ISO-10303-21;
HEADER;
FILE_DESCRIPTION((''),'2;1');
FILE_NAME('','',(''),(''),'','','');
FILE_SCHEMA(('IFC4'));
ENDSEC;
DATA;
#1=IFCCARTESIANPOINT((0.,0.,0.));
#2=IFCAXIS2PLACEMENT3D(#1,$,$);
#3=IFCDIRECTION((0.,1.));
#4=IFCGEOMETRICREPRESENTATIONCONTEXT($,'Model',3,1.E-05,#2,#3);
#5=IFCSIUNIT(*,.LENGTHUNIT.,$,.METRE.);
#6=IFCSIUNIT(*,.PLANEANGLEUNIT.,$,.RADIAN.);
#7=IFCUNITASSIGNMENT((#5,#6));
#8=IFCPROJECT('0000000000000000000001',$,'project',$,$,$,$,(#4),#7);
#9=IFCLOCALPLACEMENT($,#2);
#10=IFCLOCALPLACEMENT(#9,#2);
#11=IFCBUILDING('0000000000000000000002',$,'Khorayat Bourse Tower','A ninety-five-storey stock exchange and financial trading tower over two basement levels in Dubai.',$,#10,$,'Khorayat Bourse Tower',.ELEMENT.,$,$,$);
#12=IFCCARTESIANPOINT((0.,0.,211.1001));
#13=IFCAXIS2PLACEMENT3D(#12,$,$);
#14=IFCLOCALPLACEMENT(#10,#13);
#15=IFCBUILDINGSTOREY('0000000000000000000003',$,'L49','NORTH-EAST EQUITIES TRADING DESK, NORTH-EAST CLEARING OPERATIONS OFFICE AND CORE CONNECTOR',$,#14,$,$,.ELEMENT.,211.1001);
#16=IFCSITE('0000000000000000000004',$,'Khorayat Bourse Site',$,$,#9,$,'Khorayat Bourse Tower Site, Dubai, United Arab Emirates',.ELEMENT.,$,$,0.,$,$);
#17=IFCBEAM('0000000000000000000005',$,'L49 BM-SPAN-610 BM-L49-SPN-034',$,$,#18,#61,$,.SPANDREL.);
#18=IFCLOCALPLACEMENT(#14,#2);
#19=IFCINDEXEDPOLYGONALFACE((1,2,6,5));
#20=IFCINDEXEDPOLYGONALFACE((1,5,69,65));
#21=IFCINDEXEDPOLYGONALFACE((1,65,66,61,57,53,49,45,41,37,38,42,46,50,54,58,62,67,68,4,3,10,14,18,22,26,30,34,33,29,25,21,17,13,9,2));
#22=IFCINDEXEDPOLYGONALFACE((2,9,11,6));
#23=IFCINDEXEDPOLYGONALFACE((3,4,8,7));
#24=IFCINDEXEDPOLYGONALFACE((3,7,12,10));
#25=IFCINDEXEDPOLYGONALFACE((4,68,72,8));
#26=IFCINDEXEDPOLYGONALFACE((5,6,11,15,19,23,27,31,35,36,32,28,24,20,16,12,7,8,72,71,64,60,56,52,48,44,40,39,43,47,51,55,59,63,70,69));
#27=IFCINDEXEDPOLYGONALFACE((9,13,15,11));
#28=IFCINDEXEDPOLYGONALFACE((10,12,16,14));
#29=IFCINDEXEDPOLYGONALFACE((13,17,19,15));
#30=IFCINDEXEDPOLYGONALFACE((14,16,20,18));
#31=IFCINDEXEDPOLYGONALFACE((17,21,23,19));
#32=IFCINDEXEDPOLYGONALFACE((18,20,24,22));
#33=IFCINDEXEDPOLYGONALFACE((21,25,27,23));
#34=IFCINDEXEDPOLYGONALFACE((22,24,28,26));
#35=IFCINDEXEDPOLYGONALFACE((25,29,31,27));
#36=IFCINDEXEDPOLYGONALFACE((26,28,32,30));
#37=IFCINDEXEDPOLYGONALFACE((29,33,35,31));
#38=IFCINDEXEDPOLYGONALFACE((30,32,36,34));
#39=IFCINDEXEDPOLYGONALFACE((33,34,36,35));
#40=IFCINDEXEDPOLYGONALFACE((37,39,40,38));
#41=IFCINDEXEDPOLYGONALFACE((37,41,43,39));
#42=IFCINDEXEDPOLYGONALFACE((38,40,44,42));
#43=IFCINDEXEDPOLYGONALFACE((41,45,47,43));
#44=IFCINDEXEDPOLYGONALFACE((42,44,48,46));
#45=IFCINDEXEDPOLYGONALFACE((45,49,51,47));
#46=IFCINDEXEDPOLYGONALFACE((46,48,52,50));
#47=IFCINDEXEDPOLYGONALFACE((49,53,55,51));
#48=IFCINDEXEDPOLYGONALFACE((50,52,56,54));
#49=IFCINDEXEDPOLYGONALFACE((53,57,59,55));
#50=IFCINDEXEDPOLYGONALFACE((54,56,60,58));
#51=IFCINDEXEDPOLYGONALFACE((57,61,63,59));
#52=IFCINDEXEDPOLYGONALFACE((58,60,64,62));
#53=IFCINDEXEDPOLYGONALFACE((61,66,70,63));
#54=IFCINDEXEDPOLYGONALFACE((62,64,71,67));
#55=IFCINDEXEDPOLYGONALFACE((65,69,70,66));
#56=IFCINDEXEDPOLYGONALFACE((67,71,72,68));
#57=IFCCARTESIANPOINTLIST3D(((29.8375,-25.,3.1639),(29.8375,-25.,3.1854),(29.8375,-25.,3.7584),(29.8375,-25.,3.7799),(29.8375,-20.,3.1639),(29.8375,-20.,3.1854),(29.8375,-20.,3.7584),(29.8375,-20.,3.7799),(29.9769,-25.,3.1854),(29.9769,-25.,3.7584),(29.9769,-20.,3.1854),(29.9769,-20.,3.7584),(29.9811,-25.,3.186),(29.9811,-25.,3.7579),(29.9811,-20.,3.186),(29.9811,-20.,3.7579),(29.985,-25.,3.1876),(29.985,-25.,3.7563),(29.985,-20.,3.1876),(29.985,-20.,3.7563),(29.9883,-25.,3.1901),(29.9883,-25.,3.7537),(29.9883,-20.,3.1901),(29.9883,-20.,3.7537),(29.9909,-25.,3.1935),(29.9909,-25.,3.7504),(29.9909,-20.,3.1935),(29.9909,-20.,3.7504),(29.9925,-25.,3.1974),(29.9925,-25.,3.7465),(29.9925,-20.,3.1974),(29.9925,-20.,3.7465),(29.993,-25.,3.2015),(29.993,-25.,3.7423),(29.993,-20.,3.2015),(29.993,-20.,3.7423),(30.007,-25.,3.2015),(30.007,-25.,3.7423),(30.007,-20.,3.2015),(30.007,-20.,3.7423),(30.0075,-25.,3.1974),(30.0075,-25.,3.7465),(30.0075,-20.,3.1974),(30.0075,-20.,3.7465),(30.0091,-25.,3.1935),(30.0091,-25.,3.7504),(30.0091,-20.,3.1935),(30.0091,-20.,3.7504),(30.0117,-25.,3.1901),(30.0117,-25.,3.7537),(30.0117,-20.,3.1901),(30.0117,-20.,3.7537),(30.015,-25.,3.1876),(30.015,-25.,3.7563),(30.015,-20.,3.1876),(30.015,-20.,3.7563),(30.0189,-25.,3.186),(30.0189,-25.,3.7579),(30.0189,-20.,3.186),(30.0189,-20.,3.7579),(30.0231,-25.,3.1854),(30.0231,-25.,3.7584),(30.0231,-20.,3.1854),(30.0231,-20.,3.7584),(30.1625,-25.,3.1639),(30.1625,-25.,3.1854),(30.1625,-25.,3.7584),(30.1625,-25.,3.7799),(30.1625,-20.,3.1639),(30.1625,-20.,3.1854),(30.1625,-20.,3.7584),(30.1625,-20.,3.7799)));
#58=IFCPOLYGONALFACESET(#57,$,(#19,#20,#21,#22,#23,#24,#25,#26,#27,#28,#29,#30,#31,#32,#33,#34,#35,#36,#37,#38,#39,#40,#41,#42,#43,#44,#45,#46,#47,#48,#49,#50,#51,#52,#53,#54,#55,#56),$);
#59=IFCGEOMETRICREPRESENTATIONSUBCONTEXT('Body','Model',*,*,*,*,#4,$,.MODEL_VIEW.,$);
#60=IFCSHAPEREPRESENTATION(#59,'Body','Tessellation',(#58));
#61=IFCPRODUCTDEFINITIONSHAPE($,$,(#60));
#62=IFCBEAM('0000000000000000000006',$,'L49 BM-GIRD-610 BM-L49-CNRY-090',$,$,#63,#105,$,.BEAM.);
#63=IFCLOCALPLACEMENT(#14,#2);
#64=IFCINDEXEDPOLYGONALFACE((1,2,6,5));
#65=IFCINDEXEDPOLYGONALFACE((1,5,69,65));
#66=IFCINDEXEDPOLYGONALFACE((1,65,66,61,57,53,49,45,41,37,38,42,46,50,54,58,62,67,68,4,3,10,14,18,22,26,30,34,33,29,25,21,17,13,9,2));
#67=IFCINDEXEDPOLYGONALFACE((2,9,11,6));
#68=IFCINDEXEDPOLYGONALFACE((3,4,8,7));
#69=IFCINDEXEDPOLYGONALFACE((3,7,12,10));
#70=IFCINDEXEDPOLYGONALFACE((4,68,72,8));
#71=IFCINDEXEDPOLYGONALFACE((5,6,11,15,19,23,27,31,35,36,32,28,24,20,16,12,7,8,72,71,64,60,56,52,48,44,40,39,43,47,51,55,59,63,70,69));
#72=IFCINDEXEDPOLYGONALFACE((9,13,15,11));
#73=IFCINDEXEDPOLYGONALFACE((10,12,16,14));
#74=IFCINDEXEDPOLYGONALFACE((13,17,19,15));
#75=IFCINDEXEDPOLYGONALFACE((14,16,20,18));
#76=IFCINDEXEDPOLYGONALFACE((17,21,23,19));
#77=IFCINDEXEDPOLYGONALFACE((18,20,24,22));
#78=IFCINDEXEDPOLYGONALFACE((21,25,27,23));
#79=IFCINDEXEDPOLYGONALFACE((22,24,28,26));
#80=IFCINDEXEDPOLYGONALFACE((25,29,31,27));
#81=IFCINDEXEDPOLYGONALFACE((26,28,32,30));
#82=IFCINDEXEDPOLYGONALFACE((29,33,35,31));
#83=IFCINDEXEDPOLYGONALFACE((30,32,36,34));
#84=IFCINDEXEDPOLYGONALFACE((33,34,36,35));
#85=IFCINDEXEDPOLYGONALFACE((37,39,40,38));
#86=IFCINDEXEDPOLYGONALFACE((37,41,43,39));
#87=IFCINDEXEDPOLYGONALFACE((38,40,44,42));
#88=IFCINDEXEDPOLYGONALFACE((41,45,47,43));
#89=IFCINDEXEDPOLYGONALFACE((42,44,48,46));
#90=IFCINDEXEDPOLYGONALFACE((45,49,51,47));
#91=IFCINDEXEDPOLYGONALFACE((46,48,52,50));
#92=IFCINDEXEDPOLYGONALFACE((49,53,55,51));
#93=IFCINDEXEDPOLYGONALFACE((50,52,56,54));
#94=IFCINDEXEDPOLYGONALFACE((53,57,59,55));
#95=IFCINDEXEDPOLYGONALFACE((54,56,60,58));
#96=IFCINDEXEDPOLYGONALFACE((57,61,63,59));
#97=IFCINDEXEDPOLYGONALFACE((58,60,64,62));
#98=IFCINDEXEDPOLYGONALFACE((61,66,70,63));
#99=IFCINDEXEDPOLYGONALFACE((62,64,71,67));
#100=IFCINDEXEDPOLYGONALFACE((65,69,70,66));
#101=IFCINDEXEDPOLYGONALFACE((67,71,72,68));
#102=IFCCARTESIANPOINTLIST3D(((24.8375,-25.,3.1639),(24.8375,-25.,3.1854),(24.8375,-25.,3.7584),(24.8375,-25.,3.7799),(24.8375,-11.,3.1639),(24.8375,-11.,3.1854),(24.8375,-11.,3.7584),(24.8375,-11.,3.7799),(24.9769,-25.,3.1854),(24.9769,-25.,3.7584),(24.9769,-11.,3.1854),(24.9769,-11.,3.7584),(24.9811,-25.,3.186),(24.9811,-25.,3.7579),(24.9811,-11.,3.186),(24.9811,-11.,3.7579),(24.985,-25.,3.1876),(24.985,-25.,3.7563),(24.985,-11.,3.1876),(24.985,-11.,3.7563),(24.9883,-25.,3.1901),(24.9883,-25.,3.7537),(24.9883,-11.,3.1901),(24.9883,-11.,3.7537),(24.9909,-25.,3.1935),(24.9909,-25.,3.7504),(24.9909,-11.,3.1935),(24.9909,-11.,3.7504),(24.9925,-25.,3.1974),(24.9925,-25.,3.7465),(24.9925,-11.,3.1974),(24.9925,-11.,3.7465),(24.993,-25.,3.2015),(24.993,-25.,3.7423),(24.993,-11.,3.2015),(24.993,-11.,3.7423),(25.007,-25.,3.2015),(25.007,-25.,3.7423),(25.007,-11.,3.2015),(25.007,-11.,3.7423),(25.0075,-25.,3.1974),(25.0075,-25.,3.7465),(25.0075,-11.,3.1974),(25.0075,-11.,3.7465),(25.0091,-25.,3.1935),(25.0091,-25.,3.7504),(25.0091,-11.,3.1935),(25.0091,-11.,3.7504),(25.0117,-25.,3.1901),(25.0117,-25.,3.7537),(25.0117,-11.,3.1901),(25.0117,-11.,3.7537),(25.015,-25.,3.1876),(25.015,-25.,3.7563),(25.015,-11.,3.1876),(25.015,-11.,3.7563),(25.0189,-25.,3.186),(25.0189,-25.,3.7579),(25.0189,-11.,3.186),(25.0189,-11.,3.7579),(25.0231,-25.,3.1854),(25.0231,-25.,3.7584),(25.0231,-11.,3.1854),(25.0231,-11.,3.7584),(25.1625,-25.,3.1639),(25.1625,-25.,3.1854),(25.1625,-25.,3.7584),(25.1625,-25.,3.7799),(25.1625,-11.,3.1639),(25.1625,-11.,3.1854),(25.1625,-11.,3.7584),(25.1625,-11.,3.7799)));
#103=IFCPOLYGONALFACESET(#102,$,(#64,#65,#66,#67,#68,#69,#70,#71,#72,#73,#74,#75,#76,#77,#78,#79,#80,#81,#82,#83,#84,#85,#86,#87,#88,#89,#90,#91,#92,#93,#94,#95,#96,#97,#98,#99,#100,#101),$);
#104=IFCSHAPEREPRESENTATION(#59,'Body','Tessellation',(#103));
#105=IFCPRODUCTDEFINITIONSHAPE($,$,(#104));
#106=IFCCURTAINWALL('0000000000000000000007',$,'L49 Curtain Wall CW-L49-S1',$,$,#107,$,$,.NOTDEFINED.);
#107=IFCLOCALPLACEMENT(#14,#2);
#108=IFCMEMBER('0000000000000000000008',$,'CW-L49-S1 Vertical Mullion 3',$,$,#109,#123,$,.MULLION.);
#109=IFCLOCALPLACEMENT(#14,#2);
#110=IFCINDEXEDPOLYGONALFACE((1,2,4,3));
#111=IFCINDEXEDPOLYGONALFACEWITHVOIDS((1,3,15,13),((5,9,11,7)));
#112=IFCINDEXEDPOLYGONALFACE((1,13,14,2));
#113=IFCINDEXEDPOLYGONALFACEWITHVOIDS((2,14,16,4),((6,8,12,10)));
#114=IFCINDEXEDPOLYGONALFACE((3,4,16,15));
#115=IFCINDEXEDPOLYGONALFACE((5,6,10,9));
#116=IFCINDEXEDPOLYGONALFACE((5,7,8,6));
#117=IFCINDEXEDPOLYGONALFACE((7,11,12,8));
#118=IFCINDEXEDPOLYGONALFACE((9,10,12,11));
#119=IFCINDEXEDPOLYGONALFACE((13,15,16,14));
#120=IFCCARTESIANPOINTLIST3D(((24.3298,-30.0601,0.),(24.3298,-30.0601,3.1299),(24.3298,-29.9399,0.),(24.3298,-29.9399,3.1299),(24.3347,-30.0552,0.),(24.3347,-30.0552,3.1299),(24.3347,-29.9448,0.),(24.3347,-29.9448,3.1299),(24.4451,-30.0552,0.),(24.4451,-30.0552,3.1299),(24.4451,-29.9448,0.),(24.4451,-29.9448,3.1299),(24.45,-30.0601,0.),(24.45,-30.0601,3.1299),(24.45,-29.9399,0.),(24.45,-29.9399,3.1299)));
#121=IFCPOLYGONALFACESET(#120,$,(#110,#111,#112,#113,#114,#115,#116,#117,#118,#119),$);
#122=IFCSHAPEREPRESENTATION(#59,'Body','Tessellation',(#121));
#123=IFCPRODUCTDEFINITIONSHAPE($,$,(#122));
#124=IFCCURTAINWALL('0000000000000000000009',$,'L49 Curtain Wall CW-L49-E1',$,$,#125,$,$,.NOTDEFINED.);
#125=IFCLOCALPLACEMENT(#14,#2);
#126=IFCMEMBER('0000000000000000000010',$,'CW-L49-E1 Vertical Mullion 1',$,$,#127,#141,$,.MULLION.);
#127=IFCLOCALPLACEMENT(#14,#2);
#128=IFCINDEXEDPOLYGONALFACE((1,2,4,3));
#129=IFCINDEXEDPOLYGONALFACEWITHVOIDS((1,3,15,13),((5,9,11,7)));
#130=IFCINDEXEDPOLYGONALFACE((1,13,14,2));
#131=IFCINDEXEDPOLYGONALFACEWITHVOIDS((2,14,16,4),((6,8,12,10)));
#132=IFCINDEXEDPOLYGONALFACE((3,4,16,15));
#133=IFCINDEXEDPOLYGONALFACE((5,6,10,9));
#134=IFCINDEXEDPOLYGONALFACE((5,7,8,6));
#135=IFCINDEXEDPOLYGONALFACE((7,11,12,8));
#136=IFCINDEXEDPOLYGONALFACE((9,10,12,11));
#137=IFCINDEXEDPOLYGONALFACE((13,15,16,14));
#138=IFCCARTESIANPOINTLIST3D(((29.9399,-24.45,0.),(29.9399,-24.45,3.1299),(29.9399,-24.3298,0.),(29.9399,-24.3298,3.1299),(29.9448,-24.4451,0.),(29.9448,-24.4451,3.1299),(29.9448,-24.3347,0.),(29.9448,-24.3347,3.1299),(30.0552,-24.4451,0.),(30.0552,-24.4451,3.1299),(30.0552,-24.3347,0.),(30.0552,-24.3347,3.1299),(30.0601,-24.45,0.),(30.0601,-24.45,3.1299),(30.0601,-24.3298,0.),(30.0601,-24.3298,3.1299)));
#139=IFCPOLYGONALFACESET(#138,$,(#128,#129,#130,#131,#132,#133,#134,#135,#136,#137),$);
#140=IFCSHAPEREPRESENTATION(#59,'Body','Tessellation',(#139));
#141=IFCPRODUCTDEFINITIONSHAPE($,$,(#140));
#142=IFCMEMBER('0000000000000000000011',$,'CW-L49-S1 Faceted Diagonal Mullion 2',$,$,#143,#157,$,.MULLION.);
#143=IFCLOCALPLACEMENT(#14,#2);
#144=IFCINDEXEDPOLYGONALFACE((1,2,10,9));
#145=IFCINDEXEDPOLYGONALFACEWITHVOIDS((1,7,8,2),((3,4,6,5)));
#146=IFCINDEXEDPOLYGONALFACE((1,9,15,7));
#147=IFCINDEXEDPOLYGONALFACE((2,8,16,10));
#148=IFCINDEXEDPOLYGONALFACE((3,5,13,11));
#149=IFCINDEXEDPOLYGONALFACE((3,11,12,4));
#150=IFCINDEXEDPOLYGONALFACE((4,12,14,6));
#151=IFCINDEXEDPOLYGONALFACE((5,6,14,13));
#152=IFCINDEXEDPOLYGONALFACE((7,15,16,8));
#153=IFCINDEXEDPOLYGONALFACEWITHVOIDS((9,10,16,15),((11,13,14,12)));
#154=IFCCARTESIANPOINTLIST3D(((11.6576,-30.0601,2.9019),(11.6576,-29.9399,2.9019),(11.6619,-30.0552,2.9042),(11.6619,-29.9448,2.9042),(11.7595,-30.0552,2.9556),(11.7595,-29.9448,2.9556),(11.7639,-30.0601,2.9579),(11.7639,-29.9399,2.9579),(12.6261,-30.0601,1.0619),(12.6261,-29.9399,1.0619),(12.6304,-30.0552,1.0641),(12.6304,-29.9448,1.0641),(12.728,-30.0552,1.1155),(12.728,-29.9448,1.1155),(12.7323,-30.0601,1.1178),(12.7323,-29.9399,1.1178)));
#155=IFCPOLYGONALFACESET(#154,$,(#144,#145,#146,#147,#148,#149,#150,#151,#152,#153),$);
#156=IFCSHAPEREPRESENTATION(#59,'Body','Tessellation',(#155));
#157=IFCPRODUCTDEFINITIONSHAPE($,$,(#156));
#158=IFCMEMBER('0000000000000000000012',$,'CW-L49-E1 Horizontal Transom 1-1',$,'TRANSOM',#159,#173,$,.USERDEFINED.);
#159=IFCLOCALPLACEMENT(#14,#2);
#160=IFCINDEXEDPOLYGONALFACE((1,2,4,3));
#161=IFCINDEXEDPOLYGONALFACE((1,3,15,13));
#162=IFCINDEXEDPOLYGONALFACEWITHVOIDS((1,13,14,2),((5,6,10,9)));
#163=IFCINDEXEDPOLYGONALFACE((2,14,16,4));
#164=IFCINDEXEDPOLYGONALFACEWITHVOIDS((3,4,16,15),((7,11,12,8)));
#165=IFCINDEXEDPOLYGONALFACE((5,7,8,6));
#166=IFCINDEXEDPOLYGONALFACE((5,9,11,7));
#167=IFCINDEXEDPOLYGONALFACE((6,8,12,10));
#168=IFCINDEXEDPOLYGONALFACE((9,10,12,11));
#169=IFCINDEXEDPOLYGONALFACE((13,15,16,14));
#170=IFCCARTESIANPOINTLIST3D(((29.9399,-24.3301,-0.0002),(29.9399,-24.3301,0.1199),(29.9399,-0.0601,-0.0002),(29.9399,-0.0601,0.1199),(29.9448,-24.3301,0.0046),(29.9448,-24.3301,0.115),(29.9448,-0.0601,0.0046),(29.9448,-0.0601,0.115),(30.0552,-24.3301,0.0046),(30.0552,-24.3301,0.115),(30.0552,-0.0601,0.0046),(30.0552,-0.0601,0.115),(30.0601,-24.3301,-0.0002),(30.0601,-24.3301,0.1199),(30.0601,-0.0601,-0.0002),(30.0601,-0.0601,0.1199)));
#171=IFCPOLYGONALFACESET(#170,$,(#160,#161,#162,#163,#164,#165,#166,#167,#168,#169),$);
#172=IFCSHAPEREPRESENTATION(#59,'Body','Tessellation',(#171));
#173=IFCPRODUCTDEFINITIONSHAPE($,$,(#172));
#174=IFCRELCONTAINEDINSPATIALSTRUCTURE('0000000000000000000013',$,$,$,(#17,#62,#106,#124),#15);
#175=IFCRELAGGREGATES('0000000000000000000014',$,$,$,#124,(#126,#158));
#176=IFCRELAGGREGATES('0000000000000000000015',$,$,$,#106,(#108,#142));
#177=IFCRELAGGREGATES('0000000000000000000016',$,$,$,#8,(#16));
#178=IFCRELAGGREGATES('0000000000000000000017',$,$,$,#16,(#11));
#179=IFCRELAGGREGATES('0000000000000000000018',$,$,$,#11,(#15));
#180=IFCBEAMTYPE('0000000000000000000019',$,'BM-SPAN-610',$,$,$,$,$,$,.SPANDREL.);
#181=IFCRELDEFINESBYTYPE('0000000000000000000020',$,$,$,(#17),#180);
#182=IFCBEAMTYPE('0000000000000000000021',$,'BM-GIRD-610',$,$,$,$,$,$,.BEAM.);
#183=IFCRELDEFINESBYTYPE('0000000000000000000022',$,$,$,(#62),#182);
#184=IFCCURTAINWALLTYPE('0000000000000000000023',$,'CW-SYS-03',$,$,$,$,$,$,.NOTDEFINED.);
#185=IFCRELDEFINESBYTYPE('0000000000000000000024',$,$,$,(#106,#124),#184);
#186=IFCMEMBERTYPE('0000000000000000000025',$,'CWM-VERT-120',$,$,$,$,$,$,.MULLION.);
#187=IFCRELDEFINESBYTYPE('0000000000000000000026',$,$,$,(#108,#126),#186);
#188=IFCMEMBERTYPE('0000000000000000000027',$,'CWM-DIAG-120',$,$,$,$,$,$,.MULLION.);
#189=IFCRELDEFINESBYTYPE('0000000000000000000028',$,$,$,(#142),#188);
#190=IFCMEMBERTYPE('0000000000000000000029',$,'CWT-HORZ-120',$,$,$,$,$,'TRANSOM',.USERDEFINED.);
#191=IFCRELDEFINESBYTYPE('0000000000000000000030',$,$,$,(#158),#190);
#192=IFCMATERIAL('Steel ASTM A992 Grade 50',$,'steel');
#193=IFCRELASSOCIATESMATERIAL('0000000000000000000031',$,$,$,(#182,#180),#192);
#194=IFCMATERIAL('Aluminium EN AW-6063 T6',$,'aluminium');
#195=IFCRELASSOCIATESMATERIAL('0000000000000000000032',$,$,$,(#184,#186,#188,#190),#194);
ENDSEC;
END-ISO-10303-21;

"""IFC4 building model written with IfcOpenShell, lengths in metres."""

from ifc_helpers import new_model, si_unit, direction, frame, origin, origin_2d, place, context, subcontext, project, spatial, hollow_rectangle, i_section, extrude, source, transform, mapped, material, material_profile, profile_set, type_object, element, aggregate, save


model = new_model("IFC4")

# Units and contexts
model_context = context("Model", 3, precision=1e-05, world=origin(), true_north=direction((0.0, 1.0)))
body_context = subcontext(model_context, "Body", "Model", "MODEL_VIEW")
ifc_project = project(units=[si_unit("LENGTHUNIT", "METRE"), si_unit("PLANEANGLEUNIT", "RADIAN")], contexts=[model_context])

# Site, building, storey
site_placement = place(None, origin())
site = spatial("IfcSite", under=ifc_project, at=site_placement, Name="Khorayat Bourse Site", LongName="Khorayat Bourse Tower Site, Dubai, United Arab Emirates", CompositionType="ELEMENT", RefElevation=0.0)
building_placement = place(site_placement, origin())
building = spatial("IfcBuilding", under=site, at=building_placement, Name="Khorayat Bourse Tower", Description="A ninety-five-storey stock exchange and financial trading tower over two basement levels in Dubai.", LongName="Khorayat Bourse Tower", CompositionType="ELEMENT")
storey_placement = place(building_placement, frame((0.0, 0.0, 211.1001)))
storey = spatial("IfcBuildingStorey", under=building, at=storey_placement, Name="L49", Description="NORTH-EAST EQUITIES TRADING DESK, NORTH-EAST CLEARING OPERATIONS OFFICE AND CORE CONNECTOR", CompositionType="ELEMENT", Elevation=211.1001)

# Beams
ifc_material_1 = material(Name="Steel ASTM A992 Grade 50", Category="steel")
ifc_material_profile_1 = material_profile(ifc_material_1, i_section(OverallWidth=0.325, OverallDepth=0.616, WebThickness=0.0139, FlangeThickness=0.0215, FilletRadius=0.0161, at=origin_2d()), Name="W610X174")
ifc_profile_set_1 = profile_set([ifc_material_profile_1], Name="Steel ASTM A992 Grade 50")
beam_type_1 = type_object("IfcBeamType", Name="BM-GIRD-610", PredefinedType="BEAM", material=ifc_profile_set_1)
ifc_material_profile_2 = material_profile(ifc_material_1, i_section(OverallWidth=0.325, OverallDepth=0.616, WebThickness=0.0139, FlangeThickness=0.0215, FilletRadius=0.0161, at=origin_2d()), Name="W610X174")
ifc_profile_set_2 = profile_set([ifc_material_profile_2], Name="Steel ASTM A992 Grade 50")
beam_type_2 = type_object("IfcBeamType", Name="BM-SPAN-610", PredefinedType="SPANDREL", material=ifc_profile_set_2)
shared_shape_1 = source(origin(), body_context, "Body", "SweptSolid", [
    extrude(i_section(OverallWidth=0.325, OverallDepth=0.616, WebThickness=0.0139, FlangeThickness=0.0215, FilletRadius=0.0161, at=origin_2d()), origin(), (0.0, 0.0, 1.0), 5.0),
])
for number, where, z_axis, x_axis, name in (
    (1, (30.0, -25.0, 3.4719), (0.0, 1.0, 0.0), (-1.0, 0.0, 0.0), "L49 BM-SPAN-610 BM-L49-SPN-034"),
):
    element("IfcBeam", number, at=place(storey_placement, frame(where, z_axis=z_axis, x_axis=x_axis)), inside=storey, type_object=beam_type_2, Name=name, PredefinedType="SPANDREL", context=body_context, shape_type="MappedRepresentation", body=[
        mapped(shared_shape_1, transform((0.0, 0.0, 0.0), scale=1.0)),
    ])
shared_shape_2 = source(origin(), body_context, "Body", "SweptSolid", [
    extrude(i_section(OverallWidth=0.325, OverallDepth=0.616, WebThickness=0.0139, FlangeThickness=0.0215, FilletRadius=0.0161, at=origin_2d()), origin(), (0.0, 0.0, 1.0), 14.0),
])
beam_1_placement = place(storey_placement, frame((25.0, -25.0, 3.4719), z_axis=(0.0, 1.0, 0.0), x_axis=(-1.0, 0.0, 0.0)))
element("IfcBeam", 2, at=beam_1_placement, inside=storey, type_object=beam_type_1, Name="L49 BM-GIRD-610 BM-L49-CNRY-090", PredefinedType="BEAM", context=body_context, shape_type="MappedRepresentation", body=[
    mapped(shared_shape_2, transform((0.0, 0.0, 0.0), scale=1.0)),
])

# Curtain walls, members
ifc_material_2 = material(Name="Aluminium EN AW-6063 T6", Category="aluminium")
curtain_wall_type = type_object("IfcCurtainWallType", Name="CW-SYS-03", PredefinedType="NOTDEFINED", material=ifc_material_2)
curtain_wall_1_placement = place(storey_placement, origin())
curtain_wall_1 = element("IfcCurtainWall", 3, at=curtain_wall_1_placement, inside=storey, type_object=curtain_wall_type, Name="L49 Curtain Wall CW-L49-S1", PredefinedType="NOTDEFINED")
ifc_material_profile_3 = material_profile(ifc_material_2, hollow_rectangle(XDim=0.1201, YDim=0.1201, WallThickness=0.0049, at=origin_2d()), Name="ALU 120x120x5")
ifc_profile_set_3 = profile_set([ifc_material_profile_3], Name="Aluminium EN AW-6063 T6")
member_type_1 = type_object("IfcMemberType", Name="CWM-VERT-120", PredefinedType="MULLION", material=ifc_profile_set_3)
shared_shape_3 = source(origin(), body_context, "Body", "SweptSolid", [
    extrude(hollow_rectangle(XDim=0.1201, YDim=0.1201, WallThickness=0.0049, at=origin_2d()), origin(), (0.0, 0.0, 1.0), 3.1299),
])
member_1_placement = place(storey_placement, frame((24.3899, -30.0, 0.0), z_axis=(0.0, 0.0, 1.0), x_axis=(0.0, 1.0, 0.0)))
member_1 = element("IfcMember", 4, at=member_1_placement, type_object=member_type_1, Name="CW-L49-S1 Vertical Mullion 3", PredefinedType="MULLION", context=body_context, shape_type="MappedRepresentation", body=[
    mapped(shared_shape_3, transform((0.0, 0.0, 0.0), scale=1.0)),
])
curtain_wall_2_placement = place(storey_placement, origin())
curtain_wall_2 = element("IfcCurtainWall", 5, at=curtain_wall_2_placement, inside=storey, type_object=curtain_wall_type, Name="L49 Curtain Wall CW-L49-E1", PredefinedType="NOTDEFINED")
member_2_placement = place(storey_placement, frame((30.0, -24.3899, 0.0), z_axis=(0.0, 0.0, 1.0), x_axis=(-1.0, 0.0, 0.0)))
member_2 = element("IfcMember", 6, at=member_2_placement, type_object=member_type_1, Name="CW-L49-E1 Vertical Mullion 1", PredefinedType="MULLION", context=body_context, shape_type="MappedRepresentation", body=[
    mapped(shared_shape_3, transform((0.0, 0.0, 0.0), scale=1.0)),
])

# Members
ifc_material_profile_4 = material_profile(ifc_material_2, hollow_rectangle(XDim=0.1201, YDim=0.1201, WallThickness=0.0049, at=origin_2d()), Name="ALU 120x120x5")
ifc_profile_set_4 = profile_set([ifc_material_profile_4], Name="Aluminium EN AW-6063 T6")
member_type_2 = type_object("IfcMemberType", Name="CWM-DIAG-120", PredefinedType="MULLION", material=ifc_profile_set_4)
shared_shape_4 = source(origin(), body_context, "Body", "SweptSolid", [
    extrude(hollow_rectangle(XDim=0.1201, YDim=0.1201, WallThickness=0.0049, at=origin_2d()), origin(), (0.0, 0.0, 1.0), 2.0793),
])
member_3_placement = place(storey_placement, frame((12.6792, -30.0, 1.0898), z_axis=(-0.465761, 0.0, 0.884911), x_axis=(0.0, -1.0, 0.0)))
member_3 = element("IfcMember", 7, at=member_3_placement, type_object=member_type_2, Name="CW-L49-S1 Faceted Diagonal Mullion 2", PredefinedType="MULLION", context=body_context, shape_type="MappedRepresentation", body=[
    mapped(shared_shape_4, transform((0.0, 0.0, 0.0), scale=1.0)),
])
ifc_material_profile_5 = material_profile(ifc_material_2, hollow_rectangle(XDim=0.1201, YDim=0.1201, WallThickness=0.0049, at=origin_2d()), Name="ALU 120x120x5")
ifc_profile_set_5 = profile_set([ifc_material_profile_5], Name="Aluminium EN AW-6063 T6")
member_type_3 = type_object("IfcMemberType", Name="CWT-HORZ-120", ElementType="TRANSOM", PredefinedType="USERDEFINED", material=ifc_profile_set_5)
shared_shape_5 = source(origin(), body_context, "Body", "SweptSolid", [
    extrude(hollow_rectangle(XDim=0.1201, YDim=0.1201, WallThickness=0.0049, at=origin_2d()), origin(), (0.0, 0.0, 1.0), 24.27),
])
member_4_placement = place(storey_placement, frame((30.0, -24.3301, 0.0598), z_axis=(0.0, 1.0, 0.0), x_axis=(-1.0, 0.0, 0.0)))
member_4 = element("IfcMember", 8, at=member_4_placement, type_object=member_type_3, Name="CW-L49-E1 Horizontal Transom 1-1", ObjectType="TRANSOM", PredefinedType="USERDEFINED", context=body_context, shape_type="MappedRepresentation", body=[
    mapped(shared_shape_5, transform((0.0, 0.0, 0.0), scale=1.0)),
])
aggregate(curtain_wall_2, [member_2, member_4])

aggregate(curtain_wall_1, [member_1, member_3])

save(model, "model.ifc")
